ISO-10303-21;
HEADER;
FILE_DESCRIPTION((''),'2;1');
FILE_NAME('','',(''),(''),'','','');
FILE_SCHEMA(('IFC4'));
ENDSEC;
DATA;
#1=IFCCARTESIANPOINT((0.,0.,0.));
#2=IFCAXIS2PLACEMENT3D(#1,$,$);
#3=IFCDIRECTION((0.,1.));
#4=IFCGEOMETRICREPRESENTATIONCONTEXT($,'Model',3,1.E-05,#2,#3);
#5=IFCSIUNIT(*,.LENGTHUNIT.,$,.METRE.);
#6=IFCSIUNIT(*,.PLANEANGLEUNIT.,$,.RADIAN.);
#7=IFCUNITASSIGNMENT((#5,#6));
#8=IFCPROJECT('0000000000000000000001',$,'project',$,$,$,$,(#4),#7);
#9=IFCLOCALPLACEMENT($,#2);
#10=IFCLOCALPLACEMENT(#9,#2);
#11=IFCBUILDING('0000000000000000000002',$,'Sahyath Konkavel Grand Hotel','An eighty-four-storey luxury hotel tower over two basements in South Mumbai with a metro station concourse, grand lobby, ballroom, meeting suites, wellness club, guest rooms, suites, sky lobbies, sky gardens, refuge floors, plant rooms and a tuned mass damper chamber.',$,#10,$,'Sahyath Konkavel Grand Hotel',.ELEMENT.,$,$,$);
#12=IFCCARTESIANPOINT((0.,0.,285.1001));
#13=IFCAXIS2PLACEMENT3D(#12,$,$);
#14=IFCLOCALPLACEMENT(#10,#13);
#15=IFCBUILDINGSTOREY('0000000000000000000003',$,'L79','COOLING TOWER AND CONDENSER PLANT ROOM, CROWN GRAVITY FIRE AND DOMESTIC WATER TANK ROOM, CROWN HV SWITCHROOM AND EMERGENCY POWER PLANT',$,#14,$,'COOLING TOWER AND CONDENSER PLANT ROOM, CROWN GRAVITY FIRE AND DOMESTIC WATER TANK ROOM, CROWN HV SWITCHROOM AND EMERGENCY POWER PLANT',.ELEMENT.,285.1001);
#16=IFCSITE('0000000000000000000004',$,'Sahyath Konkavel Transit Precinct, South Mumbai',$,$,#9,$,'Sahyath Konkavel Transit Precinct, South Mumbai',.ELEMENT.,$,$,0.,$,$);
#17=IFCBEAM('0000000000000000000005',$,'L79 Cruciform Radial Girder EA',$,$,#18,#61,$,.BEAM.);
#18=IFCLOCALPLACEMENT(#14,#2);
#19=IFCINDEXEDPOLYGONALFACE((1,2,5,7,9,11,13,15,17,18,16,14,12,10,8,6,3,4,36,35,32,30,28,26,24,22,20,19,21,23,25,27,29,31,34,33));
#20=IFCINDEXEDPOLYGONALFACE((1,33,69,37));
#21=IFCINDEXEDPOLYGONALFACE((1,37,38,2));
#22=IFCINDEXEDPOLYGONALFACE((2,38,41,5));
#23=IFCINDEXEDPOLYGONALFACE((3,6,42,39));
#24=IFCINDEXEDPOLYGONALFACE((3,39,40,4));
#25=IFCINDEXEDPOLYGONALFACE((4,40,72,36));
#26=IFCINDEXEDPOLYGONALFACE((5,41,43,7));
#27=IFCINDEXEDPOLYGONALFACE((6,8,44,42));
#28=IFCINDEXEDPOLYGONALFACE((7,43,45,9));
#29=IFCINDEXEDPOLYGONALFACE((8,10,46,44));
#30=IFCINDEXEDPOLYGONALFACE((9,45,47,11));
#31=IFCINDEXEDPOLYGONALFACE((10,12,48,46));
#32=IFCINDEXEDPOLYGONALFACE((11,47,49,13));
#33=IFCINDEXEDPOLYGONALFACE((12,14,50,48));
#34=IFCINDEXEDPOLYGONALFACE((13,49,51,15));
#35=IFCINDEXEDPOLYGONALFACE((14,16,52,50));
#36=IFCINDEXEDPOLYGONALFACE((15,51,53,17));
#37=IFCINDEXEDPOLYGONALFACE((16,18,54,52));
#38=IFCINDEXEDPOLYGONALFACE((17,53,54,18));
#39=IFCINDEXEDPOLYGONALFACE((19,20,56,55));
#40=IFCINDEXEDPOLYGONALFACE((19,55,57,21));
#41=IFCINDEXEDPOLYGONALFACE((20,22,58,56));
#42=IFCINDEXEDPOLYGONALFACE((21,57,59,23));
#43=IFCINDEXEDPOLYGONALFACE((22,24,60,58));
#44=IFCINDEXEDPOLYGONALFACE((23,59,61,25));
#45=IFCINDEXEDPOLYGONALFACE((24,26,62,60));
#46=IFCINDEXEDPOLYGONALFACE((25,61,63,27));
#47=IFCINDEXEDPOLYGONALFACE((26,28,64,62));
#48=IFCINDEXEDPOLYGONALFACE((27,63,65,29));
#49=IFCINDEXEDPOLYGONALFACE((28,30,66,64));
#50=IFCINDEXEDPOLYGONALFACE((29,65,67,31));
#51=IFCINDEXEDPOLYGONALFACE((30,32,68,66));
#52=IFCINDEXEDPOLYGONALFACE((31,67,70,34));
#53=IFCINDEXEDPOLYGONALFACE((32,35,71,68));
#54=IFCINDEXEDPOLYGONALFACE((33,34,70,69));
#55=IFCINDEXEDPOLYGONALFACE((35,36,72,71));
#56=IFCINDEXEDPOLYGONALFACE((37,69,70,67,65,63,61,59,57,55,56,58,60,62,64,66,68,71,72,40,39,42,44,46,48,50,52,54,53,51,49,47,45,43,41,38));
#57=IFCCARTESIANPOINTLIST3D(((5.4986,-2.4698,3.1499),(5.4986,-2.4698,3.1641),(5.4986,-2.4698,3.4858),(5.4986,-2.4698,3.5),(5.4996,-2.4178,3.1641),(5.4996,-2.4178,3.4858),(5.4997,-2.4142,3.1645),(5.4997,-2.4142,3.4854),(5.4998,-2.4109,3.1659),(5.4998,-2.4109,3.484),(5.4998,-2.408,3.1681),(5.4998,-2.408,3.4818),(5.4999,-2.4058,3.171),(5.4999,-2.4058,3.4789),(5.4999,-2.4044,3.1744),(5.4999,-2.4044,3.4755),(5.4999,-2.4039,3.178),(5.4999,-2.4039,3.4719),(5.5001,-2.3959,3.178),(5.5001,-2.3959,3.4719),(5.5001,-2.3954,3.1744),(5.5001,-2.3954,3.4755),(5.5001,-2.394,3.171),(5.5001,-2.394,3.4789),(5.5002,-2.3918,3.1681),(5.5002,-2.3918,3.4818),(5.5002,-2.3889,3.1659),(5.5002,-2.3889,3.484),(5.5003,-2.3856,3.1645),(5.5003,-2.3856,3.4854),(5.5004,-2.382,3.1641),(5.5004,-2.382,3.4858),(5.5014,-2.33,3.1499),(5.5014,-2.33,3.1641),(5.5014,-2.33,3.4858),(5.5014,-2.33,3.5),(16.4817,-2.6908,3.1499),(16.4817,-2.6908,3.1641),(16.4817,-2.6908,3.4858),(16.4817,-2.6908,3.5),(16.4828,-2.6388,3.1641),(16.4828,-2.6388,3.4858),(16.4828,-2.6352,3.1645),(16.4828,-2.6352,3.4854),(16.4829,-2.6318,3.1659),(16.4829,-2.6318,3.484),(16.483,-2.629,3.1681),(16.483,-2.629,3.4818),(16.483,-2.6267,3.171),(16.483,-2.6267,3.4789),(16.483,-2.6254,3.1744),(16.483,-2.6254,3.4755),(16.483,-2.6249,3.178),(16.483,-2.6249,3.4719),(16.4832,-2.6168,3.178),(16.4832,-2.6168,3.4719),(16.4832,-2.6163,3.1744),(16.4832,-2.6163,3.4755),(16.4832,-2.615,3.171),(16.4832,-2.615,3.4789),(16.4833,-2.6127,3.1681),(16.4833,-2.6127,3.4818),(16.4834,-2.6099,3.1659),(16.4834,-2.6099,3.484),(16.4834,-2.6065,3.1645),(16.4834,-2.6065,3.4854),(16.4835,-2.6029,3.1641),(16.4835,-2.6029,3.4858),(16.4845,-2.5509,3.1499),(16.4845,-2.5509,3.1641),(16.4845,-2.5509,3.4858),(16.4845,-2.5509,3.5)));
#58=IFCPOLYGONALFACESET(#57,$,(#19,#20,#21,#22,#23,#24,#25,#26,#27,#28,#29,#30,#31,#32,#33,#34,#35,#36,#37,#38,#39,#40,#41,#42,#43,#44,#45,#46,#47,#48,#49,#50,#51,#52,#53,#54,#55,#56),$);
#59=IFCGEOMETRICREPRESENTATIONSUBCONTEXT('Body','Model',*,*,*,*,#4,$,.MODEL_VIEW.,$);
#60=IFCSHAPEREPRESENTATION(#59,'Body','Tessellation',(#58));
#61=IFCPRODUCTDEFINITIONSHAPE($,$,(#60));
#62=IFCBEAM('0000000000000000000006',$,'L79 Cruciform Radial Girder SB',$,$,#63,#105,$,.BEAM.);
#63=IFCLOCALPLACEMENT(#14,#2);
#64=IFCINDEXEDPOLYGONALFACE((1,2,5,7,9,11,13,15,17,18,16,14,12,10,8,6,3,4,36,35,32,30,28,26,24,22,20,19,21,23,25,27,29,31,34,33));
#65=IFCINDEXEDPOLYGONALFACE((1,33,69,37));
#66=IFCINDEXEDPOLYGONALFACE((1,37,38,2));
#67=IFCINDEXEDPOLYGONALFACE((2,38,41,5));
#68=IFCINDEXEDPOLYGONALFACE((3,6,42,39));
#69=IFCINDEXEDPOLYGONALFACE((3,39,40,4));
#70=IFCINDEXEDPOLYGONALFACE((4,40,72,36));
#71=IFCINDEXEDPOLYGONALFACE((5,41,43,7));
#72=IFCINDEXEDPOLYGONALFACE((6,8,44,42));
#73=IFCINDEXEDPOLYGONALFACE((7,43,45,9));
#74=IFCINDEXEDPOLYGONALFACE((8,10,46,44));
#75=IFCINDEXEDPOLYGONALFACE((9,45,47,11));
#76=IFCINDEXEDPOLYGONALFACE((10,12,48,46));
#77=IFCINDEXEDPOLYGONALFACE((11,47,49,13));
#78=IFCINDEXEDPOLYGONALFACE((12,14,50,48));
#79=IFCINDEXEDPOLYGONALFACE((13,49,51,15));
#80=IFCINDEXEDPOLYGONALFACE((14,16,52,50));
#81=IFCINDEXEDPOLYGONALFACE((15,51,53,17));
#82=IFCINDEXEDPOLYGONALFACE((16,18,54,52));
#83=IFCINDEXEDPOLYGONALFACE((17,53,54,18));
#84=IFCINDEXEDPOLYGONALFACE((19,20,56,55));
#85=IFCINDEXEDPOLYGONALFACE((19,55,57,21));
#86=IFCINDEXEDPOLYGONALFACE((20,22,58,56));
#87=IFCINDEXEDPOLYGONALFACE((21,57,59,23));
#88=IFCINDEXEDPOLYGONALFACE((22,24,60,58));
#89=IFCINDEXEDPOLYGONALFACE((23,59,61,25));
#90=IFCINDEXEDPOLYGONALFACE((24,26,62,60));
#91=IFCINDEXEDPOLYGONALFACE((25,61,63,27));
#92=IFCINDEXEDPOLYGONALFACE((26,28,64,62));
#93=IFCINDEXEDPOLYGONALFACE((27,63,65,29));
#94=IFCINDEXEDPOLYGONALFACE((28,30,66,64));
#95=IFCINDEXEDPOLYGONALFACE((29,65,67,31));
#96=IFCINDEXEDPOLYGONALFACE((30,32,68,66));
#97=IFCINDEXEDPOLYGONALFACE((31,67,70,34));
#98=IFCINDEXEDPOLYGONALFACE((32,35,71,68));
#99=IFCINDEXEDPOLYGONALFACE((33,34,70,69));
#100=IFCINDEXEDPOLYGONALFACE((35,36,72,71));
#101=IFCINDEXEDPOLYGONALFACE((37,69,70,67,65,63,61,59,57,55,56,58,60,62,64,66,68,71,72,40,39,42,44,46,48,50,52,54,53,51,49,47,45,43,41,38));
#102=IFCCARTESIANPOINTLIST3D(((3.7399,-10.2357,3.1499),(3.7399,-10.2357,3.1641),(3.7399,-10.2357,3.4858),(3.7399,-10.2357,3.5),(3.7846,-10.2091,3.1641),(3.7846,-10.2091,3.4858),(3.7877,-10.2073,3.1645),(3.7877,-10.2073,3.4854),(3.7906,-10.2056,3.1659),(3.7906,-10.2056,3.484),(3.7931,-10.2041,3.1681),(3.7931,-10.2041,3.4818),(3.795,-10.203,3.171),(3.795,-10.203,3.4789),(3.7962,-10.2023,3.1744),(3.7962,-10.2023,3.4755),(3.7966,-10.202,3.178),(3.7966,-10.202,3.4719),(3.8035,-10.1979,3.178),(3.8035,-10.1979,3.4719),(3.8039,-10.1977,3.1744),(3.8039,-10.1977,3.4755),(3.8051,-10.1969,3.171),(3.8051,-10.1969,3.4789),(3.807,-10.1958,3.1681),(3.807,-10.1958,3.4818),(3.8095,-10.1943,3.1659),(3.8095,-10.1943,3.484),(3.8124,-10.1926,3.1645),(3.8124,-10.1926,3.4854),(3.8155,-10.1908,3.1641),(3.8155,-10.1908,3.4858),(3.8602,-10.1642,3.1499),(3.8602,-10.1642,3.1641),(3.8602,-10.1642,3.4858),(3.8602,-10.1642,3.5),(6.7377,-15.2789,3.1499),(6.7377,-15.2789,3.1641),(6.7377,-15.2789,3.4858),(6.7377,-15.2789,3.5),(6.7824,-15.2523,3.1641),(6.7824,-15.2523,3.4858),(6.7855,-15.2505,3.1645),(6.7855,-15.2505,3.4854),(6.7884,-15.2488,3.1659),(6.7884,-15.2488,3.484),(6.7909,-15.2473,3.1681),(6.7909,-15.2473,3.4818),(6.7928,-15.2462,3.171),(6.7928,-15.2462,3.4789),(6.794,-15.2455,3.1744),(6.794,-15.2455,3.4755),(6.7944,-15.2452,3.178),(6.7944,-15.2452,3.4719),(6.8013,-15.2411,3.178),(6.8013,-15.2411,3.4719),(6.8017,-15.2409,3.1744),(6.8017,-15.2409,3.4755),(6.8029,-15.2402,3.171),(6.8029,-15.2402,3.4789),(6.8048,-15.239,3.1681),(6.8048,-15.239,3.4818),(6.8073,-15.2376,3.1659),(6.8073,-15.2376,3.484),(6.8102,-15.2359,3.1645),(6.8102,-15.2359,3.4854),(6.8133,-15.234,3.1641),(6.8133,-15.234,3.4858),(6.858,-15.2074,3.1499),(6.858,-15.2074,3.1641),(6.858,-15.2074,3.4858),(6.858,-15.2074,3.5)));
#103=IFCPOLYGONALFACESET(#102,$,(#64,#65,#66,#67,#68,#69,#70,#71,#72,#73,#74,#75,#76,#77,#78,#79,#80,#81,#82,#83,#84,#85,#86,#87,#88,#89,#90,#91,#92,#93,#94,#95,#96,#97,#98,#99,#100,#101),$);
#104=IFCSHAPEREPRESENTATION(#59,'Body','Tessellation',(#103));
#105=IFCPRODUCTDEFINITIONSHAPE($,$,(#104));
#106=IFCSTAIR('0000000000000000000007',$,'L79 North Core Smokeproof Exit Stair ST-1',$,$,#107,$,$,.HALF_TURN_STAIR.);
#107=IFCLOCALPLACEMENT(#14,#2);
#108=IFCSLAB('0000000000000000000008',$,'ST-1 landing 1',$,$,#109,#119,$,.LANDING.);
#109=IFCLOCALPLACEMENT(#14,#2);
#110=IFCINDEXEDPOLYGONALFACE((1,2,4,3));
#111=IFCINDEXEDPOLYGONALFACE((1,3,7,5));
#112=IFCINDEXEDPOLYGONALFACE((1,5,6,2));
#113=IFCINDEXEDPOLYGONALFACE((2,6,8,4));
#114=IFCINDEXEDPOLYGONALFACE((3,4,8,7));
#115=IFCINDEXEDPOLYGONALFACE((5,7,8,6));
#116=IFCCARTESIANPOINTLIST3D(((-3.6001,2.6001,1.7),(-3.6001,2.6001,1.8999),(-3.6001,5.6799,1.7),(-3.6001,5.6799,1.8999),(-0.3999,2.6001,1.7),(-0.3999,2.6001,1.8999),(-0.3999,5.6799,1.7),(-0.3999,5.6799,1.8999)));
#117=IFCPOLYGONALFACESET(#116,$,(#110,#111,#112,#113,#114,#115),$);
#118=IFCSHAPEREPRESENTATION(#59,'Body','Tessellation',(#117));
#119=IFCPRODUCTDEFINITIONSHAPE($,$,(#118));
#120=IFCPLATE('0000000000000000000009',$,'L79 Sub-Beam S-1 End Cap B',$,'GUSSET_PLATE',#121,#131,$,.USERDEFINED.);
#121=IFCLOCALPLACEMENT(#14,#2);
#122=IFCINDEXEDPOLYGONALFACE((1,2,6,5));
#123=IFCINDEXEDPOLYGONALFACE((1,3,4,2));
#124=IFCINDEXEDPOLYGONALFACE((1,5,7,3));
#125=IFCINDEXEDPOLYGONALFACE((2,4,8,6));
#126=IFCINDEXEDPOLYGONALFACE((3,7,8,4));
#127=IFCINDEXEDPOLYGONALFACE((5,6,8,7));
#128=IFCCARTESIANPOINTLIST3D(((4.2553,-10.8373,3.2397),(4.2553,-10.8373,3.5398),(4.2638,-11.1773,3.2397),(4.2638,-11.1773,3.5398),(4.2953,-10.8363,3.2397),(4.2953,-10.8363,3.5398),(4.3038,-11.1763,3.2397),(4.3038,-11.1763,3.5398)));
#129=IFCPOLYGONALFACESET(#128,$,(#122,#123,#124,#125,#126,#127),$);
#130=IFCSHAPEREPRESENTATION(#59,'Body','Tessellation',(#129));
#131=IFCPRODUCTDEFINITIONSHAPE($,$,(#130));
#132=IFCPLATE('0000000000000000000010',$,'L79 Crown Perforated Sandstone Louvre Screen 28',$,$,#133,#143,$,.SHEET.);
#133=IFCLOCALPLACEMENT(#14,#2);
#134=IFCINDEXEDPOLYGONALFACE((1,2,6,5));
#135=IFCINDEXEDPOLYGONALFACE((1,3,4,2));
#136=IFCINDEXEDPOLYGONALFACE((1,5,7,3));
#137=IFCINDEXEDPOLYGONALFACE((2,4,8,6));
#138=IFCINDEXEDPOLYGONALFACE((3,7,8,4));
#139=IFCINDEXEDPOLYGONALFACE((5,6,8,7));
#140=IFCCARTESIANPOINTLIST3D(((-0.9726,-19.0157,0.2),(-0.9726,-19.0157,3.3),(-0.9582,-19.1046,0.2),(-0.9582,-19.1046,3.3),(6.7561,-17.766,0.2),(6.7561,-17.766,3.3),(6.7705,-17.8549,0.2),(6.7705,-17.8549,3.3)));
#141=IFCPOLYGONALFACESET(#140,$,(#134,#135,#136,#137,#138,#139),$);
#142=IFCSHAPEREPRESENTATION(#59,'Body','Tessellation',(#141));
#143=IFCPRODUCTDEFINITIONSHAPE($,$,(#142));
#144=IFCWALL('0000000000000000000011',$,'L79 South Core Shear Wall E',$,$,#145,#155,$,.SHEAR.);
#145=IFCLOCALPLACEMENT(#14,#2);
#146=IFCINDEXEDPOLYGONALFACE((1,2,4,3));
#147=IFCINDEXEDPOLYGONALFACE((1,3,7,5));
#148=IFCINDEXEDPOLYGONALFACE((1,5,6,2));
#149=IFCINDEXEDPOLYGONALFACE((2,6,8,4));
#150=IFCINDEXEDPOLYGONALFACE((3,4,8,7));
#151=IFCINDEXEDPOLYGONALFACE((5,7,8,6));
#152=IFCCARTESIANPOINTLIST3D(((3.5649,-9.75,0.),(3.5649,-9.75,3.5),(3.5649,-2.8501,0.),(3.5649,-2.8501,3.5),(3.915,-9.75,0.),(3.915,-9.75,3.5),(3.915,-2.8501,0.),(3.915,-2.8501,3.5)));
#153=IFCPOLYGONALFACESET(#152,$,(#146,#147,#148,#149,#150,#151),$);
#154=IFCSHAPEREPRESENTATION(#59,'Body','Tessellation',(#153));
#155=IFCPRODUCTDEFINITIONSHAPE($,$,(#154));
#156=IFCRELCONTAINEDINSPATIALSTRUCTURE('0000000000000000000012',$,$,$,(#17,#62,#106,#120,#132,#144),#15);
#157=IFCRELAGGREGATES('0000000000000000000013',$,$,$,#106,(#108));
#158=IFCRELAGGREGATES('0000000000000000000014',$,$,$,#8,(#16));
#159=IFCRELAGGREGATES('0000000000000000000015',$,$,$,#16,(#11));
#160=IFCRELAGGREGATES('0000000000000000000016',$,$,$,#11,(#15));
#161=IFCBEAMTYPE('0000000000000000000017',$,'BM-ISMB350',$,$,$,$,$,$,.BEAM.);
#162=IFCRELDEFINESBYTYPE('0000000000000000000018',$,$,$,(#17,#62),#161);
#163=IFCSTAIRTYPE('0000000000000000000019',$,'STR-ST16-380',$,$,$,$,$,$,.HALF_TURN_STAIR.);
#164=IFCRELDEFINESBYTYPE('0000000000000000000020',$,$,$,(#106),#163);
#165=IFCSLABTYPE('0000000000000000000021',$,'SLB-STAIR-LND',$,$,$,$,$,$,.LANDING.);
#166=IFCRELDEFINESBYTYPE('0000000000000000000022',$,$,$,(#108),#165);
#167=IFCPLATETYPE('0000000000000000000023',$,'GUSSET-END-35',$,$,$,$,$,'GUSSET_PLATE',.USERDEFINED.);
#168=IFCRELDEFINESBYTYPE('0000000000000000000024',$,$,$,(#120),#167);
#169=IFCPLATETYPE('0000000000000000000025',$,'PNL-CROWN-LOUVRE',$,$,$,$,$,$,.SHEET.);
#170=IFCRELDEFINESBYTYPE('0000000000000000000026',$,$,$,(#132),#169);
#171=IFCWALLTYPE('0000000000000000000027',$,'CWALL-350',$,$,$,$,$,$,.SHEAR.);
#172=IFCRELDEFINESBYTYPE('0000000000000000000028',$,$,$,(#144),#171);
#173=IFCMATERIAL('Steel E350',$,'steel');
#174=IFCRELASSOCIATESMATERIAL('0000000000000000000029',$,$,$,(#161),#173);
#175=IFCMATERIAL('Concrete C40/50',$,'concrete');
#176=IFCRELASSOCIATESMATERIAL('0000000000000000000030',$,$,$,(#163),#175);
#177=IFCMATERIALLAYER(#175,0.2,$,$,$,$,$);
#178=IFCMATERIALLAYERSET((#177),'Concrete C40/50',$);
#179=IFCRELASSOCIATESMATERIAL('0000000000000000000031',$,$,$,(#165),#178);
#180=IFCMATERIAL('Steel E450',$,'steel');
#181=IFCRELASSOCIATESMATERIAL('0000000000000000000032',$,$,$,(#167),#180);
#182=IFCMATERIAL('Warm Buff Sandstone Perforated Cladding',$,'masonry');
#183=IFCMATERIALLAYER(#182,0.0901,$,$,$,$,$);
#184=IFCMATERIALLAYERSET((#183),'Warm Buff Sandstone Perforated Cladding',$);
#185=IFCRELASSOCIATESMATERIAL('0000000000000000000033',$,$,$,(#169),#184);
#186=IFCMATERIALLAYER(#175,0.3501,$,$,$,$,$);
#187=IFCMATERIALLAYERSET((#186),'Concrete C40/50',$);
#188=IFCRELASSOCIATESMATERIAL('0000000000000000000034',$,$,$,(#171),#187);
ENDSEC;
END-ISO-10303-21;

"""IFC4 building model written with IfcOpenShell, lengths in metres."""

from ifc_helpers import new_model, si_unit, direction, frame, frame_2d, origin, origin_2d, place, context, subcontext, project, spatial, polyline, rectangle, i_section, outline, extrude, source, transform, mapped, material, layer, layer_set, material_profile, profile_set, type_object, element, aggregate, save


model = new_model("IFC4")

# Units and contexts
model_context = context("Model", 3, precision=1e-05, world=origin(), true_north=direction((0.0, 1.0)))
body_context = subcontext(model_context, "Body", "Model", "MODEL_VIEW")
ifc_project = project(units=[si_unit("LENGTHUNIT", "METRE"), si_unit("PLANEANGLEUNIT", "RADIAN")], contexts=[model_context])

# Site, building, storey
site_placement = place(None, origin())
site = spatial("IfcSite", under=ifc_project, at=site_placement, Name="Sahyath Konkavel Transit Precinct, South Mumbai", LongName="Sahyath Konkavel Transit Precinct, South Mumbai", CompositionType="ELEMENT", RefElevation=0.0)
building_placement = place(site_placement, origin())
building = spatial("IfcBuilding", under=site, at=building_placement, Name="Sahyath Konkavel Grand Hotel", Description="An eighty-four-storey luxury hotel tower over two basements in South Mumbai with a metro station concourse, grand lobby, ballroom, meeting suites, wellness club, guest rooms, suites, sky lobbies, sky gardens, refuge floors, plant rooms and a tuned mass damper chamber.", LongName="Sahyath Konkavel Grand Hotel", CompositionType="ELEMENT")
storey_placement = place(building_placement, frame((0.0, 0.0, 285.1001)))
storey = spatial("IfcBuildingStorey", under=building, at=storey_placement, Name="L79", Description="COOLING TOWER AND CONDENSER PLANT ROOM, CROWN GRAVITY FIRE AND DOMESTIC WATER TANK ROOM, CROWN HV SWITCHROOM AND EMERGENCY POWER PLANT", LongName="COOLING TOWER AND CONDENSER PLANT ROOM, CROWN GRAVITY FIRE AND DOMESTIC WATER TANK ROOM, CROWN HV SWITCHROOM AND EMERGENCY POWER PLANT", CompositionType="ELEMENT", Elevation=285.1001)

# Shared definitions
ifc_material_1 = material(Name="Concrete C40/50", Category="concrete")

# Beams
ifc_material_2 = material(Name="Steel E350", Category="steel")
ifc_material_profile_1 = material_profile(ifc_material_2, i_section(OverallWidth=0.1399, OverallDepth=0.3501, WebThickness=0.0081, FlangeThickness=0.0142, FilletRadius=0.0139, at=origin_2d()), Name="ISMB 350")
ifc_profile_set_1 = profile_set([ifc_material_profile_1], Name="Steel E350")
beam_type_1 = type_object("IfcBeamType", Name="BM-ISMB350", PredefinedType="BEAM", material=ifc_profile_set_1)
shared_shape_1 = source(origin(), body_context, "Body", "SweptSolid", [
    extrude(i_section(OverallWidth=0.1399, OverallDepth=0.3501, WebThickness=0.0081, FlangeThickness=0.0142, FilletRadius=0.0139, at=origin_2d()), origin(), (0.0, 0.0, 1.0), 10.9854),
])
beam_1_placement = place(storey_placement, frame((5.5, -2.3999, 3.325), z_axis=(0.999798, -0.020113, 0.0), x_axis=(0.020113, 0.999798, 0.0)))
element("IfcBeam", 1, at=beam_1_placement, inside=storey, type_object=beam_type_1, Name="L79 Cruciform Radial Girder EA", PredefinedType="BEAM", context=body_context, shape_type="MappedRepresentation", body=[
    mapped(shared_shape_1, transform((0.0, 0.0, 0.0), scale=1.0)),
])
shared_shape_2 = source(origin(), body_context, "Body", "SweptSolid", [
    extrude(i_section(OverallWidth=0.1399, OverallDepth=0.3501, WebThickness=0.0081, FlangeThickness=0.0142, FilletRadius=0.0139, at=origin_2d()), origin(), (0.0, 0.0, 1.0), 5.8669),
])
beam_2_placement = place(storey_placement, frame((3.8, -10.2, 3.325), z_axis=(0.510967, -0.859601, 0.0), x_axis=(0.859601, 0.510967, 0.0)))
element("IfcBeam", 2, at=beam_2_placement, inside=storey, type_object=beam_type_1, Name="L79 Cruciform Radial Girder SB", PredefinedType="BEAM", context=body_context, shape_type="MappedRepresentation", body=[
    mapped(shared_shape_2, transform((0.0, 0.0, 0.0), scale=1.0)),
])

# Stair, slab
stair_type = type_object("IfcStairType", Name="STR-ST16-380", PredefinedType="HALF_TURN_STAIR", material=ifc_material_1)
stair_1_placement = place(storey_placement, origin())
stair_1 = element("IfcStair", 3, at=stair_1_placement, inside=storey, type_object=stair_type, Name="L79 North Core Smokeproof Exit Stair ST-1", PredefinedType="HALF_TURN_STAIR")
ifc_layer_1 = layer(ifc_material_1, 0.2)
ifc_layer_set_1 = layer_set([ifc_layer_1], Name="Concrete C40/50")
slab_type = type_object("IfcSlabType", Name="SLB-STAIR-LND", PredefinedType="LANDING", material=ifc_layer_set_1)
slab_placement = place(storey_placement, frame((0.0, 0.0, 1.7)))
slab = element("IfcSlab", 4, at=slab_placement, type_object=slab_type, Name="ST-1 landing 1", PredefinedType="LANDING", context=body_context, shape_type="SweptSolid", body=[
    extrude(outline(polyline([(-3.6001, 5.6799), (-3.6001, 2.6001), (-0.3999, 2.6001), (-0.3999, 5.6799), (-3.6001, 5.6799)])), origin(), (0.0, 0.0, 1.0), 0.2),
])
aggregate(stair_1, [slab])

# Plates
ifc_material_3 = material(Name="Steel E450", Category="steel")
plate_type_1 = type_object("IfcPlateType", Name="GUSSET-END-35", ElementType="GUSSET_PLATE", PredefinedType="USERDEFINED", material=ifc_material_3)
shared_shape_3 = source(origin(), body_context, "Body", "SweptSolid", [
    extrude(rectangle(XDim=0.04, YDim=0.3401, at=origin_2d()), origin(), (0.0, 0.0, 1.0), 0.3),
])
plate_1_placement = place(storey_placement, frame((4.2795, -11.0068, 3.2397), z_axis=(0.0, 0.0, 1.0), x_axis=(0.999684, 0.02513, 0.0)))
element("IfcPlate", 5, at=plate_1_placement, inside=storey, type_object=plate_type_1, Name="L79 Sub-Beam S-1 End Cap B", ObjectType="GUSSET_PLATE", PredefinedType="USERDEFINED", context=body_context, shape_type="MappedRepresentation", body=[
    mapped(shared_shape_3, transform((0.0, 0.0, 0.0), scale=1.0)),
])
ifc_material_4 = material(Name="Warm Buff Sandstone Perforated Cladding", Category="masonry")
ifc_layer_2 = layer(ifc_material_4, 0.0901)
ifc_layer_set_2 = layer_set([ifc_layer_2], Name="Warm Buff Sandstone Perforated Cladding")
plate_type_2 = type_object("IfcPlateType", Name="PNL-CROWN-LOUVRE", PredefinedType="SHEET", material=ifc_layer_set_2)
shared_shape_4 = source(origin(), body_context, "Body", "SweptSolid", [
    extrude(rectangle(XDim=7.8291, YDim=0.0901, at=origin_2d()), origin(), (0.0, 0.0, 1.0), 3.1001),
])
plate_2_placement = place(storey_placement, frame((2.8989, -18.4353, 0.2), z_axis=(0.0, 0.0, 1.0), x_axis=(0.987178, 0.159623, 0.0)))
element("IfcPlate", 6, at=plate_2_placement, inside=storey, type_object=plate_type_2, Name="L79 Crown Perforated Sandstone Louvre Screen 28", PredefinedType="SHEET", context=body_context, shape_type="MappedRepresentation", body=[
    mapped(shared_shape_4, transform((0.0, 0.0, 0.0), scale=1.0)),
])

# Wall
ifc_layer_3 = layer(ifc_material_1, 0.3501)
ifc_layer_set_3 = layer_set([ifc_layer_3], Name="Concrete C40/50")
wall_type_1 = type_object("IfcWallType", Name="CWALL-350", PredefinedType="SHEAR", material=ifc_layer_set_3)
wall_1_placement = place(storey_placement, frame((3.74, -9.75, 0.0), z_axis=(0.0, 0.0, 1.0), x_axis=(0.0, 1.0, 0.0)))
element("IfcWall", 7, at=wall_1_placement, inside=storey, type_object=wall_type_1, Name="L79 South Core Shear Wall E", PredefinedType="SHEAR", context=body_context, shape_type="SweptSolid", body=[
    extrude(rectangle(XDim=6.8999, YDim=0.3501, at=frame_2d((3.45, 0.0))), origin(), (0.0, 0.0, 1.0), 3.5),
])

save(model, "model.ifc")
